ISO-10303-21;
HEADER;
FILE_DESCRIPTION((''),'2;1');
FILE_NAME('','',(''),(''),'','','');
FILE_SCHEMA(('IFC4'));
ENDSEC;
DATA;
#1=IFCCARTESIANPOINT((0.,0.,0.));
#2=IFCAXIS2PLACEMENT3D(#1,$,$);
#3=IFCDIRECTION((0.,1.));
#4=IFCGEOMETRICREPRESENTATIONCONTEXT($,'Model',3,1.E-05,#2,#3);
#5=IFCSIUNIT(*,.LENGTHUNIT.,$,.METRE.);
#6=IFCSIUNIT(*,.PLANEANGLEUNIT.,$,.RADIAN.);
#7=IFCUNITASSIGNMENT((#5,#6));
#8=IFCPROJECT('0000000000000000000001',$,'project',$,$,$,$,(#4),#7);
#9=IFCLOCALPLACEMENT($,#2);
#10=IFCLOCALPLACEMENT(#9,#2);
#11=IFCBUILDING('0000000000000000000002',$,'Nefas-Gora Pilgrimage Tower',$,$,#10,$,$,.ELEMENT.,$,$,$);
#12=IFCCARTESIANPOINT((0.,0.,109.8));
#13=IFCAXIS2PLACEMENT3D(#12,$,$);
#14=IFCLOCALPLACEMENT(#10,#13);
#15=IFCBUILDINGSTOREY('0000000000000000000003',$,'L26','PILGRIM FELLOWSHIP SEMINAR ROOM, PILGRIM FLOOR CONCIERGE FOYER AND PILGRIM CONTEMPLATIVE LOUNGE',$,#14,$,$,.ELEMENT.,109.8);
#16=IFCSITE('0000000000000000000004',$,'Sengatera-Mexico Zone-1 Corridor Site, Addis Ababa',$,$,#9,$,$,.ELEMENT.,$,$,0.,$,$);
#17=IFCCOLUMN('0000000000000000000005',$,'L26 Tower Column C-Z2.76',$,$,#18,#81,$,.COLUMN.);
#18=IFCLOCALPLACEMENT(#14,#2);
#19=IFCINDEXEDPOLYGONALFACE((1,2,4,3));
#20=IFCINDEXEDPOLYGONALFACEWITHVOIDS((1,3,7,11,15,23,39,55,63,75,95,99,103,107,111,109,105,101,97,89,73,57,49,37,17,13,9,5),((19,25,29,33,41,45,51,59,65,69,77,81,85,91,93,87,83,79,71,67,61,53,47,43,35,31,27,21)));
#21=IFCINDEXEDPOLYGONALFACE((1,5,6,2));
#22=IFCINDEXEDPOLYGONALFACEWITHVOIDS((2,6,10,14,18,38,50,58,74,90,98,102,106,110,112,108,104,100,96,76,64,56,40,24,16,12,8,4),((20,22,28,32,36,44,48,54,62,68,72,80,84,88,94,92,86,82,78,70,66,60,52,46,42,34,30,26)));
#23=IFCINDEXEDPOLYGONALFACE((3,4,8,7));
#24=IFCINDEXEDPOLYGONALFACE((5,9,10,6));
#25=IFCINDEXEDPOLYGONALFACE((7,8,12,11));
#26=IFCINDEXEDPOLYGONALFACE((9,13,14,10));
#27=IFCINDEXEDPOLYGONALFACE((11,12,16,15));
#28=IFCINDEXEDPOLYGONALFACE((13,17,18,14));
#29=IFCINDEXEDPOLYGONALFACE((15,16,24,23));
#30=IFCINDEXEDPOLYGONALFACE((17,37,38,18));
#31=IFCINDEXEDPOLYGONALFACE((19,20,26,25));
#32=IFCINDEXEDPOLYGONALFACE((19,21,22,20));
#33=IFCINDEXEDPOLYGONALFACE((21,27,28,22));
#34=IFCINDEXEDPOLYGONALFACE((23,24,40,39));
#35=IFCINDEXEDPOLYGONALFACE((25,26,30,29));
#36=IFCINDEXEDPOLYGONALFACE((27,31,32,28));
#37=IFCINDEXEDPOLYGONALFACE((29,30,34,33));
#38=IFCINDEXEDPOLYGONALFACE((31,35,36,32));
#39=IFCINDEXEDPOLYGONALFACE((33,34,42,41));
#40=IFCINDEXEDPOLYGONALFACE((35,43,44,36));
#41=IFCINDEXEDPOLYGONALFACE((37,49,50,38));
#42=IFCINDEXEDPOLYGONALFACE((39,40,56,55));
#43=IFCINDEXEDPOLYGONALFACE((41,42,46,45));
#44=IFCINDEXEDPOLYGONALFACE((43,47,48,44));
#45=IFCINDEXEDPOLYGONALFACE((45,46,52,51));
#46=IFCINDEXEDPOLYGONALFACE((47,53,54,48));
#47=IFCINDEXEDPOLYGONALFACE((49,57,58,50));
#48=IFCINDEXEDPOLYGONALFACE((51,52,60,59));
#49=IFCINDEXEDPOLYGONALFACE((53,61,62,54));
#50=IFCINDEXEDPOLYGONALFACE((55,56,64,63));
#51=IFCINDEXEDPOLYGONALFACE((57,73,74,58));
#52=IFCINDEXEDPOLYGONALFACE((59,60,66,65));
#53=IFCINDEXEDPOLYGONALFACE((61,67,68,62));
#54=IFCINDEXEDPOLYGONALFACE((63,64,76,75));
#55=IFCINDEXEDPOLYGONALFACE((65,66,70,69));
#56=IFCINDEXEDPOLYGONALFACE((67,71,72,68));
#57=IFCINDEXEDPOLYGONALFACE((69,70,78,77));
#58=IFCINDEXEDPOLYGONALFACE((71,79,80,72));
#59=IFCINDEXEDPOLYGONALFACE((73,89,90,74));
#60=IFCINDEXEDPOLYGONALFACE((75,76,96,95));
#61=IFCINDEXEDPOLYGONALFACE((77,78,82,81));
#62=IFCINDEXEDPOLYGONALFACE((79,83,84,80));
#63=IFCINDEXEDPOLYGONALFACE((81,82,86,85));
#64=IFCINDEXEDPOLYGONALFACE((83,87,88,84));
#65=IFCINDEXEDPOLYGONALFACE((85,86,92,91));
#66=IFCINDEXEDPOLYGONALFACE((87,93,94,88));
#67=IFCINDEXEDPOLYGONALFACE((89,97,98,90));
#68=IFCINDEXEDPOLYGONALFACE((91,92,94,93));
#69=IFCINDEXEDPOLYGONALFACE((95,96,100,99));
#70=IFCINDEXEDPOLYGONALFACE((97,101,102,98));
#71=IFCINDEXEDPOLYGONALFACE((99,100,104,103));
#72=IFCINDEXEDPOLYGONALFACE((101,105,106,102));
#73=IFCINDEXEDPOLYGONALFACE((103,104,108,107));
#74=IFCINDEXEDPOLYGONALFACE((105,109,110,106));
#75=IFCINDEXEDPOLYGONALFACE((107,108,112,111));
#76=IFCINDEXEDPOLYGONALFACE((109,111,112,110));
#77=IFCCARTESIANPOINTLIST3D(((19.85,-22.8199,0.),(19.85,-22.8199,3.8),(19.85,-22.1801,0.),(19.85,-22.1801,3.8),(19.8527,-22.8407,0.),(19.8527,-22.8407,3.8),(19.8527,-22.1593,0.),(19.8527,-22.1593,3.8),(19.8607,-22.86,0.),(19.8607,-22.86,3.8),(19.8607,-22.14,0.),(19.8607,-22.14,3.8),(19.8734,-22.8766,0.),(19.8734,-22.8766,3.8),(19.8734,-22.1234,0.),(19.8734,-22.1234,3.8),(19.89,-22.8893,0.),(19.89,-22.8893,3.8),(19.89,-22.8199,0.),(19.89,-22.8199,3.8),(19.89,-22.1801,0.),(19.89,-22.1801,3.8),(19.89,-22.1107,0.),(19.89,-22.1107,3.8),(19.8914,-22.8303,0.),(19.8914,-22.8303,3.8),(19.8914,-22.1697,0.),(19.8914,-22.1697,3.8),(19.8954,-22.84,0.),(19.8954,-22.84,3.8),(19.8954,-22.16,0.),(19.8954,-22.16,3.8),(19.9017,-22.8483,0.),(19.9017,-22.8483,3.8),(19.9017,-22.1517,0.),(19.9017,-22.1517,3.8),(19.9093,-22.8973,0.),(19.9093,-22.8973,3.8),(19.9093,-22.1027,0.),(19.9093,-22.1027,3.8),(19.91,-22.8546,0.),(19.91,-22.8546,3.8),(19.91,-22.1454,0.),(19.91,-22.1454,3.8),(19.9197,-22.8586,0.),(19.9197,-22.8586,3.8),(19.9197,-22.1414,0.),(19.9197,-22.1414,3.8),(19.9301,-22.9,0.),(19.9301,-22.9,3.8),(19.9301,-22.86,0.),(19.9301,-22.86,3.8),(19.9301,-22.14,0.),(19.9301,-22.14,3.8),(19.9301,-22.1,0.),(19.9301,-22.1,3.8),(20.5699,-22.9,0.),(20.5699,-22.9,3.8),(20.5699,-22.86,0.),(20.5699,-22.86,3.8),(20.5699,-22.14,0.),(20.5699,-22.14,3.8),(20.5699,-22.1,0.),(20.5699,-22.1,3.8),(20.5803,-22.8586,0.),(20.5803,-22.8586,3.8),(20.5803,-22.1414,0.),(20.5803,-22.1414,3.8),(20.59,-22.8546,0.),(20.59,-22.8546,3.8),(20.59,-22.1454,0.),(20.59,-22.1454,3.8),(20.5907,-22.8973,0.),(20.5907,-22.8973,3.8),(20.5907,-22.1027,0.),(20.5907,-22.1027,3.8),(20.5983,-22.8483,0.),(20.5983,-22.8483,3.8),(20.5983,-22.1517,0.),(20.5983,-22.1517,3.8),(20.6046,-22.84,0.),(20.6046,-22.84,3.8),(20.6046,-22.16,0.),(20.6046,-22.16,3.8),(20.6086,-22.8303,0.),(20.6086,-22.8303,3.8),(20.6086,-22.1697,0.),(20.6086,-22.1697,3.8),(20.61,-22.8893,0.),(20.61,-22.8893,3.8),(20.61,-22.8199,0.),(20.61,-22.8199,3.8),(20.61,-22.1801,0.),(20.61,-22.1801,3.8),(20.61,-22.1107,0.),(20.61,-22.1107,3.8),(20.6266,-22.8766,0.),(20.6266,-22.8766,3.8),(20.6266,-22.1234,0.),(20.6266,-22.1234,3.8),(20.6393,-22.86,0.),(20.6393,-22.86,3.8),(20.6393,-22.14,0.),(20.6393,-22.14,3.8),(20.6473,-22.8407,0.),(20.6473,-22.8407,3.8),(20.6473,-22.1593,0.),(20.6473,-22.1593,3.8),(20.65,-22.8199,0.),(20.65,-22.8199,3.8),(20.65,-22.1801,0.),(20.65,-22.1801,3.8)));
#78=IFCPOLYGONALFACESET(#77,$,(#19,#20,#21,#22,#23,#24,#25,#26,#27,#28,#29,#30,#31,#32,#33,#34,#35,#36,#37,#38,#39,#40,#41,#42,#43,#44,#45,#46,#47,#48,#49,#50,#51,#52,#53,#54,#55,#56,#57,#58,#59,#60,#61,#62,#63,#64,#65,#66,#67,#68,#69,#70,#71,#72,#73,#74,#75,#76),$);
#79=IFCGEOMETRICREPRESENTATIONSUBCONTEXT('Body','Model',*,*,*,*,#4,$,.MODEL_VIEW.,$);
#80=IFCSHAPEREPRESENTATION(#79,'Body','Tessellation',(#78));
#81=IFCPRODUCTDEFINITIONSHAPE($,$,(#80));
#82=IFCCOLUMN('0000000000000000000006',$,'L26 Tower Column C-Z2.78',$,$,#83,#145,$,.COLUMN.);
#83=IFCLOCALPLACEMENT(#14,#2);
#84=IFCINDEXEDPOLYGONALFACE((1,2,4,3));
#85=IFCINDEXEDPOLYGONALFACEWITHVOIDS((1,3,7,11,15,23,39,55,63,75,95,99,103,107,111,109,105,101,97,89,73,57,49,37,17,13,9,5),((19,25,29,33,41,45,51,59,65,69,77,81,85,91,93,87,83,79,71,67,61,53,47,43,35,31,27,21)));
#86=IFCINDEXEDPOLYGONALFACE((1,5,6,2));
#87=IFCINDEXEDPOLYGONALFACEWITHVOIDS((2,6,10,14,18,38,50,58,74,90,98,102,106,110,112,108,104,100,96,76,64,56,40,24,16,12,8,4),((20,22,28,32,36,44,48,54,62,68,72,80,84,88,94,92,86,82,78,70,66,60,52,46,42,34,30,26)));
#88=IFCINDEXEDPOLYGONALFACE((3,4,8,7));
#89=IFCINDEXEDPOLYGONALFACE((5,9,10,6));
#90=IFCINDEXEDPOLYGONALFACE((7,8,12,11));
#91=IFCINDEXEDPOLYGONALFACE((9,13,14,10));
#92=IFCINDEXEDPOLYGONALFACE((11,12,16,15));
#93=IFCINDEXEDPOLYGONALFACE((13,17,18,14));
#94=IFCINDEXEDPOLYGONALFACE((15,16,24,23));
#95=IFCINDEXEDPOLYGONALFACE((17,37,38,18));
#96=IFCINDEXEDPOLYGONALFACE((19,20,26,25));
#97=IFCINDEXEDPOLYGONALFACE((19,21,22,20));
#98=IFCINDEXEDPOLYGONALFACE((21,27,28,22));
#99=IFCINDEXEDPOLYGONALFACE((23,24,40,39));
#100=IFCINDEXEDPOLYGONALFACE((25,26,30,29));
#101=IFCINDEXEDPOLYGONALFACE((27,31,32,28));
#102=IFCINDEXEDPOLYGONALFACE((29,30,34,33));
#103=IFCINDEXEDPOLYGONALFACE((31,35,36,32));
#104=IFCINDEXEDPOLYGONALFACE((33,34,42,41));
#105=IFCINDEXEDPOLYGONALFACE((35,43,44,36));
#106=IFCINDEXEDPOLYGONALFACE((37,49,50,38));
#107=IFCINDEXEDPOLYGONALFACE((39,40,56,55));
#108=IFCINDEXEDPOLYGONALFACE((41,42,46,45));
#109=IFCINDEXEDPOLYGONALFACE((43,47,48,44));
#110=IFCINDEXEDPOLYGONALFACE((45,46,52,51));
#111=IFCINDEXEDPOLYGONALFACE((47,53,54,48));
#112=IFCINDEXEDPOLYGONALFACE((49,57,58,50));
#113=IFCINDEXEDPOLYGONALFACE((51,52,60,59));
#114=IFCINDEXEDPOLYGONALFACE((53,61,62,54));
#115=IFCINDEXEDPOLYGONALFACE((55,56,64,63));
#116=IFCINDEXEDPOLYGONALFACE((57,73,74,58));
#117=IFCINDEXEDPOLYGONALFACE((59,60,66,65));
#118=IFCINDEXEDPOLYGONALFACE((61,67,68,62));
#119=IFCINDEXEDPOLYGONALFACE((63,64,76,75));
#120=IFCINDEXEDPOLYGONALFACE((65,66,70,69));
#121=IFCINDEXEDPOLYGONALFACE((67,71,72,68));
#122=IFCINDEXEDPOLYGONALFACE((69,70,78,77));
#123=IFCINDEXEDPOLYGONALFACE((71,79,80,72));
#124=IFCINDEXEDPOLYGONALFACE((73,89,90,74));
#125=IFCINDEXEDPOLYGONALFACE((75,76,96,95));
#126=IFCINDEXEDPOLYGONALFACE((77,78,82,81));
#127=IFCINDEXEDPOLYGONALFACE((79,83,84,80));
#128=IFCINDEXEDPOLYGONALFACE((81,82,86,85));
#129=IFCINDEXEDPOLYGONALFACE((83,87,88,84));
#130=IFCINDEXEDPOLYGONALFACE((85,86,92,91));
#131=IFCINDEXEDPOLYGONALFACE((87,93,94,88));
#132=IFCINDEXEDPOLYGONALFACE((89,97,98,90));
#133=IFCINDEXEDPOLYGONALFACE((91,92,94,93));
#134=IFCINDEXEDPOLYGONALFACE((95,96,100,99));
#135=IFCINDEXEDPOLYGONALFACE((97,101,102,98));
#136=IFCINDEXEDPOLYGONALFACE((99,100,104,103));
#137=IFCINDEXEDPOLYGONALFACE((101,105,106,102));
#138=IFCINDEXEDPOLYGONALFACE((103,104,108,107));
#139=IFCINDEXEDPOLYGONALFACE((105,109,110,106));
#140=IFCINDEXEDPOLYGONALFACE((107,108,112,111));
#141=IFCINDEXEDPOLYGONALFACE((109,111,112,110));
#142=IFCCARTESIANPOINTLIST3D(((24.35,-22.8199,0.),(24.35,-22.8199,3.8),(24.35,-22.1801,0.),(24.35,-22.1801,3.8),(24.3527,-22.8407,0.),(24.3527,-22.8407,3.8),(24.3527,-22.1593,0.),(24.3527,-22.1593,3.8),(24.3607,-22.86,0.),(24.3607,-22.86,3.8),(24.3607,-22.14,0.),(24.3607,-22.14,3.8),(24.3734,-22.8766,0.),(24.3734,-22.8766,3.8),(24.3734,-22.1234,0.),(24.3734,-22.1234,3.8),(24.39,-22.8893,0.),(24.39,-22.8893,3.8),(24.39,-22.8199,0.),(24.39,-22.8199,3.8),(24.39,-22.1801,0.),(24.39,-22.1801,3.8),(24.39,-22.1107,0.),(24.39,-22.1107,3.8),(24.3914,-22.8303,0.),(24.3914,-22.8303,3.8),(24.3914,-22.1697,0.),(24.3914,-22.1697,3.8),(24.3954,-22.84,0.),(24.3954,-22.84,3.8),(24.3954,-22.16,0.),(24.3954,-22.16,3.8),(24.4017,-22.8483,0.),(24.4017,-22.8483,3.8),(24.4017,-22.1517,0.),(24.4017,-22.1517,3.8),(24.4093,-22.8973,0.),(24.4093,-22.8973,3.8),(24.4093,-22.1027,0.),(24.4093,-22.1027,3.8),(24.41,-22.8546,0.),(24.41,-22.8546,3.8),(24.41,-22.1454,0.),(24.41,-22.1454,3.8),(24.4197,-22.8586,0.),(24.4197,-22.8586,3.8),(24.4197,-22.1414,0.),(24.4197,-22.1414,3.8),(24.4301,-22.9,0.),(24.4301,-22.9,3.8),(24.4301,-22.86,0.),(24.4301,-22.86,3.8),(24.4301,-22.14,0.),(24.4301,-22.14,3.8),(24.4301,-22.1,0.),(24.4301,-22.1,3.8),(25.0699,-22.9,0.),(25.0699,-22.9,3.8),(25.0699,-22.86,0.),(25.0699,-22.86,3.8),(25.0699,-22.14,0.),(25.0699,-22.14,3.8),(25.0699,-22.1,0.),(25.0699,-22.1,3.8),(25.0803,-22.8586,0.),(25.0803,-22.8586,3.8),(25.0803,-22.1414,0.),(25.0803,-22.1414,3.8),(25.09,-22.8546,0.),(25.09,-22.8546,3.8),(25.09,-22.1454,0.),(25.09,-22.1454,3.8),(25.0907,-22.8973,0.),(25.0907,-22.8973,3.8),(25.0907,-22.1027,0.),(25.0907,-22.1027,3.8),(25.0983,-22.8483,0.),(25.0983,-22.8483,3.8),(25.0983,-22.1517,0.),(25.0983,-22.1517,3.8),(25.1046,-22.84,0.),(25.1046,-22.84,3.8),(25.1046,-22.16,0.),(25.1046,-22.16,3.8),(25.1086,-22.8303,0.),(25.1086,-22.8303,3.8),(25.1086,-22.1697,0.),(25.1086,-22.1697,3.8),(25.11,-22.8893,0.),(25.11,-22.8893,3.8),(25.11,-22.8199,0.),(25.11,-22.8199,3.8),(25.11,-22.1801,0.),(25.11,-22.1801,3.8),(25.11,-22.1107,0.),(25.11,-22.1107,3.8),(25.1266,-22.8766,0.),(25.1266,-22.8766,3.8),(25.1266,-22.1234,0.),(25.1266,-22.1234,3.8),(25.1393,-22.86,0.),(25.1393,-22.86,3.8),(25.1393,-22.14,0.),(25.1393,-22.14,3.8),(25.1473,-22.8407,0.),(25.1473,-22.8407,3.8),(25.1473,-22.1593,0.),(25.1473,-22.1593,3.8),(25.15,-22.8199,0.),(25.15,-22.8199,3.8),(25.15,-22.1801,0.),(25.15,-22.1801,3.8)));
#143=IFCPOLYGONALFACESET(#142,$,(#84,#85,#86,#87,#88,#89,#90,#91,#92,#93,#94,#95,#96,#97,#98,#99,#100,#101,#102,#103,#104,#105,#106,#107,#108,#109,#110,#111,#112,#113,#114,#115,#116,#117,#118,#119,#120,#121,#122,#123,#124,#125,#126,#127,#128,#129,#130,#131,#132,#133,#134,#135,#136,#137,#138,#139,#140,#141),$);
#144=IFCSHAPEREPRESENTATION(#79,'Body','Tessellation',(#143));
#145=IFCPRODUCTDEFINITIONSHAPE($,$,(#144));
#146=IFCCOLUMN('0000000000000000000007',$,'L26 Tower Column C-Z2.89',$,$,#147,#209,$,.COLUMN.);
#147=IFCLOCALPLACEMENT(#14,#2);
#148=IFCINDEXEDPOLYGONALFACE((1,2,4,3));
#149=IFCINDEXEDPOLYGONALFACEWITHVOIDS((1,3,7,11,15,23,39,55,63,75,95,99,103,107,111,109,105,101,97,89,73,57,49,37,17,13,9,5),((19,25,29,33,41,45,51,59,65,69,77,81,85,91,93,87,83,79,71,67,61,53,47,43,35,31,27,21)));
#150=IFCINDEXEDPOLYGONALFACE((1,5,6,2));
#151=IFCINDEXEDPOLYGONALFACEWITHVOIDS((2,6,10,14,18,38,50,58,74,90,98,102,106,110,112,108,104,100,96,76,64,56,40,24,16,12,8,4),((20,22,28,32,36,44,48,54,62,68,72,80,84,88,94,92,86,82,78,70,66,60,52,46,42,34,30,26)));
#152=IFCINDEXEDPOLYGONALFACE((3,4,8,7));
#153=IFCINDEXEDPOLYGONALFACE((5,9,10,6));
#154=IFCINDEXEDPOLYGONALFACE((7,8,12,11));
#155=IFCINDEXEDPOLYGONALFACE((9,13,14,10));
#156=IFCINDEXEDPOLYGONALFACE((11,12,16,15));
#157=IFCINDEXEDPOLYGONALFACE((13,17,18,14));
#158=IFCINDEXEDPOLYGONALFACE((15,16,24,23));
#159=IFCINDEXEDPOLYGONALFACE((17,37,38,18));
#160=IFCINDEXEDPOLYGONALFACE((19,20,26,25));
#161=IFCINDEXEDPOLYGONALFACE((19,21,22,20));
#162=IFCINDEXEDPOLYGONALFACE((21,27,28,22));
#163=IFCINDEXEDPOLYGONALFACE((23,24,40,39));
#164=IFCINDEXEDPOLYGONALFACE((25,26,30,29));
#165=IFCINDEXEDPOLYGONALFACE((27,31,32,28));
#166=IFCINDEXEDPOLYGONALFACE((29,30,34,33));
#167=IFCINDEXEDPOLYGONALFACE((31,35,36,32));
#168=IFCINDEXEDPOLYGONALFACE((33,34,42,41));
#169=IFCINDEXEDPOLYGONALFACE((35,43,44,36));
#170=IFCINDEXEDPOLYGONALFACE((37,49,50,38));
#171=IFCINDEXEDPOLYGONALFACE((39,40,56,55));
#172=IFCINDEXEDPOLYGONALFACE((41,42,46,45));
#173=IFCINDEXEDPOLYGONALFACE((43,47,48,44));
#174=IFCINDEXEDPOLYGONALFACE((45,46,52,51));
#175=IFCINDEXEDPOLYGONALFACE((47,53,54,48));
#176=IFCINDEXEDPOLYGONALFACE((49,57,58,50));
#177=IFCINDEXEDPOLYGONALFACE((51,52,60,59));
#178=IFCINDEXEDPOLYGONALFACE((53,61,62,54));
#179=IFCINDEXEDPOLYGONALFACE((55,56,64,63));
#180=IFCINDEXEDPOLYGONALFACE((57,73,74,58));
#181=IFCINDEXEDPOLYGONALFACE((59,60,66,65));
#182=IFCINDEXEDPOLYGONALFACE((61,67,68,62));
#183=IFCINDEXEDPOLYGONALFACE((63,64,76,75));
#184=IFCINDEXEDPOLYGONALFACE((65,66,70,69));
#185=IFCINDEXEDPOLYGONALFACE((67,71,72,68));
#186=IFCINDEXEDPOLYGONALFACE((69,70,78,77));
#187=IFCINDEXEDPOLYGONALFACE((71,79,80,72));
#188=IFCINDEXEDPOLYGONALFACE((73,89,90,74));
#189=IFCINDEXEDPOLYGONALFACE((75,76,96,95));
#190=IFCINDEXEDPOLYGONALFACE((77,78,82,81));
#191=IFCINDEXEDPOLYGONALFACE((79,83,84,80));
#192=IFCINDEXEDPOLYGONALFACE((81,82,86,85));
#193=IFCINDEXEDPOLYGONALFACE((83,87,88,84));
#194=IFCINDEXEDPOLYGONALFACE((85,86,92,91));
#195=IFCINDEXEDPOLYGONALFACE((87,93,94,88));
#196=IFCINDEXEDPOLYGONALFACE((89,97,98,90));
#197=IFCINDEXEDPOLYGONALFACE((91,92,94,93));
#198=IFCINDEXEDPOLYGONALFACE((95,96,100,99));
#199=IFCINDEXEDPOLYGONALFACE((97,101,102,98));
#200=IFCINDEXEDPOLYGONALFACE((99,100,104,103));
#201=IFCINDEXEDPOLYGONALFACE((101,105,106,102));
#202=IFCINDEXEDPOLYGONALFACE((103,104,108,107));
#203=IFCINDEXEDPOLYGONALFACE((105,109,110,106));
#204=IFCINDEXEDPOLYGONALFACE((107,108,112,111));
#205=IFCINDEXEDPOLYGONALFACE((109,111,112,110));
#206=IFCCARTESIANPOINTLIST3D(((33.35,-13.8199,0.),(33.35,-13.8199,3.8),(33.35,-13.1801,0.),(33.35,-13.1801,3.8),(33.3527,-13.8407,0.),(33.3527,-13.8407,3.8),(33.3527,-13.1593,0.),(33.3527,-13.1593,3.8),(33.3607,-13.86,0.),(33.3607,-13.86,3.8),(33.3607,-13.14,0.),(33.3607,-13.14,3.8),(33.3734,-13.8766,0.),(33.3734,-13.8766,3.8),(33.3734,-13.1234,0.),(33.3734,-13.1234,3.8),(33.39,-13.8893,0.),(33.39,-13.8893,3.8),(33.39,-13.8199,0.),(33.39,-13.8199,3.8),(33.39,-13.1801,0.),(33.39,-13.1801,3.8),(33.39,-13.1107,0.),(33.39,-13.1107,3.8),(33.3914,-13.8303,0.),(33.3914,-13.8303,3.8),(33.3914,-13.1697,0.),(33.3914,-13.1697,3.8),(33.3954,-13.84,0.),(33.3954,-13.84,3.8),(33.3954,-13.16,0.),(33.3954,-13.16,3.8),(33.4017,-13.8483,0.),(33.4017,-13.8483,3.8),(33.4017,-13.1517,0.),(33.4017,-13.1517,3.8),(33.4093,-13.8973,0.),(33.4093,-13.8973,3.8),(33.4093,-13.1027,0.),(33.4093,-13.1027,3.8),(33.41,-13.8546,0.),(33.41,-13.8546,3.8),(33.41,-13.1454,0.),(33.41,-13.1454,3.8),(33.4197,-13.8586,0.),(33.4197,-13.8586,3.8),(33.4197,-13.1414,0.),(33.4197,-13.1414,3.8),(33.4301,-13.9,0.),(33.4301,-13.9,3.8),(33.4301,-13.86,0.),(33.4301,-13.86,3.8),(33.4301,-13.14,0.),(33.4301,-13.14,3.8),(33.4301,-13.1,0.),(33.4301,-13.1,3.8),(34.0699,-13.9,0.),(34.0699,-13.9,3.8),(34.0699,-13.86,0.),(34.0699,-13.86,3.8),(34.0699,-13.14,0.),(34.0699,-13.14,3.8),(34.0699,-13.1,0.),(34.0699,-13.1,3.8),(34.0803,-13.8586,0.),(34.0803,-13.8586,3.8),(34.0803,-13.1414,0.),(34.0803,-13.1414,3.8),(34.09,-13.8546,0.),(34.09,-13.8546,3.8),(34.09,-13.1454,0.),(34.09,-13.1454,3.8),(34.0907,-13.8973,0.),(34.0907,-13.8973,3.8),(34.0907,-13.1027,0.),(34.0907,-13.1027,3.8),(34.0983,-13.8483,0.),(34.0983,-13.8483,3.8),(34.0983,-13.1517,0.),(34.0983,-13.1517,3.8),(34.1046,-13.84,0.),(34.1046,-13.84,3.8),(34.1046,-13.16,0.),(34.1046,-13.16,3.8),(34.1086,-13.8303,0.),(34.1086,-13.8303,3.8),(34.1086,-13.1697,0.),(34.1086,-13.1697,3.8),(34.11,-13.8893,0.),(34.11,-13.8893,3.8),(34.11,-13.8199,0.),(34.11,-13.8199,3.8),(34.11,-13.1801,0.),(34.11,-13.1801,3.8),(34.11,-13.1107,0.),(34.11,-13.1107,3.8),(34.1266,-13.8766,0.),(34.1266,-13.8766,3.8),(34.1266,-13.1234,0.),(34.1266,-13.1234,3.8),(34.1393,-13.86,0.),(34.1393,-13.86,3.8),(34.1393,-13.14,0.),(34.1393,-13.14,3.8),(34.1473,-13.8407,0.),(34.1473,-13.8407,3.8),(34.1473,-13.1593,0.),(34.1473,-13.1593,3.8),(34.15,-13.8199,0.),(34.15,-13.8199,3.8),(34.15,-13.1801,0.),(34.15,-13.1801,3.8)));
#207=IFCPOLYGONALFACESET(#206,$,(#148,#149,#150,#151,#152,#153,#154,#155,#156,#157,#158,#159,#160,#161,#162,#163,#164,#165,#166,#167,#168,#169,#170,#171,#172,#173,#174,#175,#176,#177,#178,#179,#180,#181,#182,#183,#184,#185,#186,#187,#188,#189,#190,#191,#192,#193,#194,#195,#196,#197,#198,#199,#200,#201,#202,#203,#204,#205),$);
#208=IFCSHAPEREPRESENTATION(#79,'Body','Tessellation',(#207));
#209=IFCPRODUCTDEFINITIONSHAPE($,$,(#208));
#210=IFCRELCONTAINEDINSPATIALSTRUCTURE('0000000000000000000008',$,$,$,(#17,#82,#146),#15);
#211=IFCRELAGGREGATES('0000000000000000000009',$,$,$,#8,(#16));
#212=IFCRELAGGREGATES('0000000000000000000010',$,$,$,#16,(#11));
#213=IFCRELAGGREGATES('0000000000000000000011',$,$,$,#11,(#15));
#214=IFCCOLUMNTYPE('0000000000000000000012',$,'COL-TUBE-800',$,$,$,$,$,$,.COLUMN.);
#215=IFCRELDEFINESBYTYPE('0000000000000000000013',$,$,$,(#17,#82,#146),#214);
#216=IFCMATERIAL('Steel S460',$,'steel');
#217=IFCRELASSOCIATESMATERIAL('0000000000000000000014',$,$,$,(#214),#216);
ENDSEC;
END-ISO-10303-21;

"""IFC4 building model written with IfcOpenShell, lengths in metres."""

from ifc_helpers import new_model, si_unit, direction, frame, origin, origin_2d, place, context, subcontext, project, spatial, hollow_rectangle, extrude, source, transform, mapped, material, material_profile, profile_set, type_object, element, save


model = new_model("IFC4")

# Units and contexts
model_context = context("Model", 3, precision=1e-05, world=origin(), true_north=direction((0.0, 1.0)))
body_context = subcontext(model_context, "Body", "Model", "MODEL_VIEW")
ifc_project = project(units=[si_unit("LENGTHUNIT", "METRE"), si_unit("PLANEANGLEUNIT", "RADIAN")], contexts=[model_context])

# Site, building, storey
site_placement = place(None, origin())
site = spatial("IfcSite", under=ifc_project, at=site_placement, Name="Sengatera-Mexico Zone-1 Corridor Site, Addis Ababa", CompositionType="ELEMENT", RefElevation=0.0)
building_placement = place(site_placement, origin())
building = spatial("IfcBuilding", under=site, at=building_placement, Name="Nefas-Gora Pilgrimage Tower", CompositionType="ELEMENT")
storey_placement = place(building_placement, frame((0.0, 0.0, 109.8)))
storey = spatial("IfcBuildingStorey", under=building, at=storey_placement, Name="L26", Description="PILGRIM FELLOWSHIP SEMINAR ROOM, PILGRIM FLOOR CONCIERGE FOYER AND PILGRIM CONTEMPLATIVE LOUNGE", CompositionType="ELEMENT", Elevation=109.8)

# Columns
ifc_material_1 = material(Name="Steel S460", Category="steel")
ifc_material_profile_1 = material_profile(ifc_material_1, hollow_rectangle(XDim=0.8, YDim=0.8, WallThickness=0.04, InnerFilletRadius=0.04, OuterFilletRadius=0.0801, at=origin_2d()), Name="BOX 800x800x40")
ifc_profile_set_1 = profile_set([ifc_material_profile_1], Name="Steel S460")
column_type_1 = type_object("IfcColumnType", Name="COL-TUBE-800", PredefinedType="COLUMN", material=ifc_profile_set_1)
shared_shape_1 = source(origin(), body_context, "Body", "SweptSolid", [
    extrude(hollow_rectangle(XDim=0.8, YDim=0.8, WallThickness=0.04, InnerFilletRadius=0.04, OuterFilletRadius=0.0801, at=origin_2d()), origin(), (0.0, 0.0, 1.0), 3.8),
])
for number, where, z_axis, x_axis, name in (
    (1, (20.25, -22.5, 0.0), (0.0, 0.0, 1.0), (1.0, 0.0, 0.0), "L26 Tower Column C-Z2.76"),
    (2, (24.75, -22.5, 0.0), (0.0, 0.0, 1.0), (1.0, 0.0, 0.0), "L26 Tower Column C-Z2.78"),
    (3, (33.75, -13.5, 0.0), (0.0, 0.0, 1.0), (1.0, 0.0, 0.0), "L26 Tower Column C-Z2.89"),
):
    element("IfcColumn", number, at=place(storey_placement, frame(where, z_axis=z_axis, x_axis=x_axis)), inside=storey, type_object=column_type_1, Name=name, PredefinedType="COLUMN", context=body_context, shape_type="MappedRepresentation", body=[
        mapped(shared_shape_1, transform((0.0, 0.0, 0.0), x_axis=(1.0, 0.0, 0.0), y_axis=(0.0, 1.0, 0.0), z_axis=(0.0, 0.0, 1.0), scale=1.0)),
    ])

save(model, "model.ifc")
